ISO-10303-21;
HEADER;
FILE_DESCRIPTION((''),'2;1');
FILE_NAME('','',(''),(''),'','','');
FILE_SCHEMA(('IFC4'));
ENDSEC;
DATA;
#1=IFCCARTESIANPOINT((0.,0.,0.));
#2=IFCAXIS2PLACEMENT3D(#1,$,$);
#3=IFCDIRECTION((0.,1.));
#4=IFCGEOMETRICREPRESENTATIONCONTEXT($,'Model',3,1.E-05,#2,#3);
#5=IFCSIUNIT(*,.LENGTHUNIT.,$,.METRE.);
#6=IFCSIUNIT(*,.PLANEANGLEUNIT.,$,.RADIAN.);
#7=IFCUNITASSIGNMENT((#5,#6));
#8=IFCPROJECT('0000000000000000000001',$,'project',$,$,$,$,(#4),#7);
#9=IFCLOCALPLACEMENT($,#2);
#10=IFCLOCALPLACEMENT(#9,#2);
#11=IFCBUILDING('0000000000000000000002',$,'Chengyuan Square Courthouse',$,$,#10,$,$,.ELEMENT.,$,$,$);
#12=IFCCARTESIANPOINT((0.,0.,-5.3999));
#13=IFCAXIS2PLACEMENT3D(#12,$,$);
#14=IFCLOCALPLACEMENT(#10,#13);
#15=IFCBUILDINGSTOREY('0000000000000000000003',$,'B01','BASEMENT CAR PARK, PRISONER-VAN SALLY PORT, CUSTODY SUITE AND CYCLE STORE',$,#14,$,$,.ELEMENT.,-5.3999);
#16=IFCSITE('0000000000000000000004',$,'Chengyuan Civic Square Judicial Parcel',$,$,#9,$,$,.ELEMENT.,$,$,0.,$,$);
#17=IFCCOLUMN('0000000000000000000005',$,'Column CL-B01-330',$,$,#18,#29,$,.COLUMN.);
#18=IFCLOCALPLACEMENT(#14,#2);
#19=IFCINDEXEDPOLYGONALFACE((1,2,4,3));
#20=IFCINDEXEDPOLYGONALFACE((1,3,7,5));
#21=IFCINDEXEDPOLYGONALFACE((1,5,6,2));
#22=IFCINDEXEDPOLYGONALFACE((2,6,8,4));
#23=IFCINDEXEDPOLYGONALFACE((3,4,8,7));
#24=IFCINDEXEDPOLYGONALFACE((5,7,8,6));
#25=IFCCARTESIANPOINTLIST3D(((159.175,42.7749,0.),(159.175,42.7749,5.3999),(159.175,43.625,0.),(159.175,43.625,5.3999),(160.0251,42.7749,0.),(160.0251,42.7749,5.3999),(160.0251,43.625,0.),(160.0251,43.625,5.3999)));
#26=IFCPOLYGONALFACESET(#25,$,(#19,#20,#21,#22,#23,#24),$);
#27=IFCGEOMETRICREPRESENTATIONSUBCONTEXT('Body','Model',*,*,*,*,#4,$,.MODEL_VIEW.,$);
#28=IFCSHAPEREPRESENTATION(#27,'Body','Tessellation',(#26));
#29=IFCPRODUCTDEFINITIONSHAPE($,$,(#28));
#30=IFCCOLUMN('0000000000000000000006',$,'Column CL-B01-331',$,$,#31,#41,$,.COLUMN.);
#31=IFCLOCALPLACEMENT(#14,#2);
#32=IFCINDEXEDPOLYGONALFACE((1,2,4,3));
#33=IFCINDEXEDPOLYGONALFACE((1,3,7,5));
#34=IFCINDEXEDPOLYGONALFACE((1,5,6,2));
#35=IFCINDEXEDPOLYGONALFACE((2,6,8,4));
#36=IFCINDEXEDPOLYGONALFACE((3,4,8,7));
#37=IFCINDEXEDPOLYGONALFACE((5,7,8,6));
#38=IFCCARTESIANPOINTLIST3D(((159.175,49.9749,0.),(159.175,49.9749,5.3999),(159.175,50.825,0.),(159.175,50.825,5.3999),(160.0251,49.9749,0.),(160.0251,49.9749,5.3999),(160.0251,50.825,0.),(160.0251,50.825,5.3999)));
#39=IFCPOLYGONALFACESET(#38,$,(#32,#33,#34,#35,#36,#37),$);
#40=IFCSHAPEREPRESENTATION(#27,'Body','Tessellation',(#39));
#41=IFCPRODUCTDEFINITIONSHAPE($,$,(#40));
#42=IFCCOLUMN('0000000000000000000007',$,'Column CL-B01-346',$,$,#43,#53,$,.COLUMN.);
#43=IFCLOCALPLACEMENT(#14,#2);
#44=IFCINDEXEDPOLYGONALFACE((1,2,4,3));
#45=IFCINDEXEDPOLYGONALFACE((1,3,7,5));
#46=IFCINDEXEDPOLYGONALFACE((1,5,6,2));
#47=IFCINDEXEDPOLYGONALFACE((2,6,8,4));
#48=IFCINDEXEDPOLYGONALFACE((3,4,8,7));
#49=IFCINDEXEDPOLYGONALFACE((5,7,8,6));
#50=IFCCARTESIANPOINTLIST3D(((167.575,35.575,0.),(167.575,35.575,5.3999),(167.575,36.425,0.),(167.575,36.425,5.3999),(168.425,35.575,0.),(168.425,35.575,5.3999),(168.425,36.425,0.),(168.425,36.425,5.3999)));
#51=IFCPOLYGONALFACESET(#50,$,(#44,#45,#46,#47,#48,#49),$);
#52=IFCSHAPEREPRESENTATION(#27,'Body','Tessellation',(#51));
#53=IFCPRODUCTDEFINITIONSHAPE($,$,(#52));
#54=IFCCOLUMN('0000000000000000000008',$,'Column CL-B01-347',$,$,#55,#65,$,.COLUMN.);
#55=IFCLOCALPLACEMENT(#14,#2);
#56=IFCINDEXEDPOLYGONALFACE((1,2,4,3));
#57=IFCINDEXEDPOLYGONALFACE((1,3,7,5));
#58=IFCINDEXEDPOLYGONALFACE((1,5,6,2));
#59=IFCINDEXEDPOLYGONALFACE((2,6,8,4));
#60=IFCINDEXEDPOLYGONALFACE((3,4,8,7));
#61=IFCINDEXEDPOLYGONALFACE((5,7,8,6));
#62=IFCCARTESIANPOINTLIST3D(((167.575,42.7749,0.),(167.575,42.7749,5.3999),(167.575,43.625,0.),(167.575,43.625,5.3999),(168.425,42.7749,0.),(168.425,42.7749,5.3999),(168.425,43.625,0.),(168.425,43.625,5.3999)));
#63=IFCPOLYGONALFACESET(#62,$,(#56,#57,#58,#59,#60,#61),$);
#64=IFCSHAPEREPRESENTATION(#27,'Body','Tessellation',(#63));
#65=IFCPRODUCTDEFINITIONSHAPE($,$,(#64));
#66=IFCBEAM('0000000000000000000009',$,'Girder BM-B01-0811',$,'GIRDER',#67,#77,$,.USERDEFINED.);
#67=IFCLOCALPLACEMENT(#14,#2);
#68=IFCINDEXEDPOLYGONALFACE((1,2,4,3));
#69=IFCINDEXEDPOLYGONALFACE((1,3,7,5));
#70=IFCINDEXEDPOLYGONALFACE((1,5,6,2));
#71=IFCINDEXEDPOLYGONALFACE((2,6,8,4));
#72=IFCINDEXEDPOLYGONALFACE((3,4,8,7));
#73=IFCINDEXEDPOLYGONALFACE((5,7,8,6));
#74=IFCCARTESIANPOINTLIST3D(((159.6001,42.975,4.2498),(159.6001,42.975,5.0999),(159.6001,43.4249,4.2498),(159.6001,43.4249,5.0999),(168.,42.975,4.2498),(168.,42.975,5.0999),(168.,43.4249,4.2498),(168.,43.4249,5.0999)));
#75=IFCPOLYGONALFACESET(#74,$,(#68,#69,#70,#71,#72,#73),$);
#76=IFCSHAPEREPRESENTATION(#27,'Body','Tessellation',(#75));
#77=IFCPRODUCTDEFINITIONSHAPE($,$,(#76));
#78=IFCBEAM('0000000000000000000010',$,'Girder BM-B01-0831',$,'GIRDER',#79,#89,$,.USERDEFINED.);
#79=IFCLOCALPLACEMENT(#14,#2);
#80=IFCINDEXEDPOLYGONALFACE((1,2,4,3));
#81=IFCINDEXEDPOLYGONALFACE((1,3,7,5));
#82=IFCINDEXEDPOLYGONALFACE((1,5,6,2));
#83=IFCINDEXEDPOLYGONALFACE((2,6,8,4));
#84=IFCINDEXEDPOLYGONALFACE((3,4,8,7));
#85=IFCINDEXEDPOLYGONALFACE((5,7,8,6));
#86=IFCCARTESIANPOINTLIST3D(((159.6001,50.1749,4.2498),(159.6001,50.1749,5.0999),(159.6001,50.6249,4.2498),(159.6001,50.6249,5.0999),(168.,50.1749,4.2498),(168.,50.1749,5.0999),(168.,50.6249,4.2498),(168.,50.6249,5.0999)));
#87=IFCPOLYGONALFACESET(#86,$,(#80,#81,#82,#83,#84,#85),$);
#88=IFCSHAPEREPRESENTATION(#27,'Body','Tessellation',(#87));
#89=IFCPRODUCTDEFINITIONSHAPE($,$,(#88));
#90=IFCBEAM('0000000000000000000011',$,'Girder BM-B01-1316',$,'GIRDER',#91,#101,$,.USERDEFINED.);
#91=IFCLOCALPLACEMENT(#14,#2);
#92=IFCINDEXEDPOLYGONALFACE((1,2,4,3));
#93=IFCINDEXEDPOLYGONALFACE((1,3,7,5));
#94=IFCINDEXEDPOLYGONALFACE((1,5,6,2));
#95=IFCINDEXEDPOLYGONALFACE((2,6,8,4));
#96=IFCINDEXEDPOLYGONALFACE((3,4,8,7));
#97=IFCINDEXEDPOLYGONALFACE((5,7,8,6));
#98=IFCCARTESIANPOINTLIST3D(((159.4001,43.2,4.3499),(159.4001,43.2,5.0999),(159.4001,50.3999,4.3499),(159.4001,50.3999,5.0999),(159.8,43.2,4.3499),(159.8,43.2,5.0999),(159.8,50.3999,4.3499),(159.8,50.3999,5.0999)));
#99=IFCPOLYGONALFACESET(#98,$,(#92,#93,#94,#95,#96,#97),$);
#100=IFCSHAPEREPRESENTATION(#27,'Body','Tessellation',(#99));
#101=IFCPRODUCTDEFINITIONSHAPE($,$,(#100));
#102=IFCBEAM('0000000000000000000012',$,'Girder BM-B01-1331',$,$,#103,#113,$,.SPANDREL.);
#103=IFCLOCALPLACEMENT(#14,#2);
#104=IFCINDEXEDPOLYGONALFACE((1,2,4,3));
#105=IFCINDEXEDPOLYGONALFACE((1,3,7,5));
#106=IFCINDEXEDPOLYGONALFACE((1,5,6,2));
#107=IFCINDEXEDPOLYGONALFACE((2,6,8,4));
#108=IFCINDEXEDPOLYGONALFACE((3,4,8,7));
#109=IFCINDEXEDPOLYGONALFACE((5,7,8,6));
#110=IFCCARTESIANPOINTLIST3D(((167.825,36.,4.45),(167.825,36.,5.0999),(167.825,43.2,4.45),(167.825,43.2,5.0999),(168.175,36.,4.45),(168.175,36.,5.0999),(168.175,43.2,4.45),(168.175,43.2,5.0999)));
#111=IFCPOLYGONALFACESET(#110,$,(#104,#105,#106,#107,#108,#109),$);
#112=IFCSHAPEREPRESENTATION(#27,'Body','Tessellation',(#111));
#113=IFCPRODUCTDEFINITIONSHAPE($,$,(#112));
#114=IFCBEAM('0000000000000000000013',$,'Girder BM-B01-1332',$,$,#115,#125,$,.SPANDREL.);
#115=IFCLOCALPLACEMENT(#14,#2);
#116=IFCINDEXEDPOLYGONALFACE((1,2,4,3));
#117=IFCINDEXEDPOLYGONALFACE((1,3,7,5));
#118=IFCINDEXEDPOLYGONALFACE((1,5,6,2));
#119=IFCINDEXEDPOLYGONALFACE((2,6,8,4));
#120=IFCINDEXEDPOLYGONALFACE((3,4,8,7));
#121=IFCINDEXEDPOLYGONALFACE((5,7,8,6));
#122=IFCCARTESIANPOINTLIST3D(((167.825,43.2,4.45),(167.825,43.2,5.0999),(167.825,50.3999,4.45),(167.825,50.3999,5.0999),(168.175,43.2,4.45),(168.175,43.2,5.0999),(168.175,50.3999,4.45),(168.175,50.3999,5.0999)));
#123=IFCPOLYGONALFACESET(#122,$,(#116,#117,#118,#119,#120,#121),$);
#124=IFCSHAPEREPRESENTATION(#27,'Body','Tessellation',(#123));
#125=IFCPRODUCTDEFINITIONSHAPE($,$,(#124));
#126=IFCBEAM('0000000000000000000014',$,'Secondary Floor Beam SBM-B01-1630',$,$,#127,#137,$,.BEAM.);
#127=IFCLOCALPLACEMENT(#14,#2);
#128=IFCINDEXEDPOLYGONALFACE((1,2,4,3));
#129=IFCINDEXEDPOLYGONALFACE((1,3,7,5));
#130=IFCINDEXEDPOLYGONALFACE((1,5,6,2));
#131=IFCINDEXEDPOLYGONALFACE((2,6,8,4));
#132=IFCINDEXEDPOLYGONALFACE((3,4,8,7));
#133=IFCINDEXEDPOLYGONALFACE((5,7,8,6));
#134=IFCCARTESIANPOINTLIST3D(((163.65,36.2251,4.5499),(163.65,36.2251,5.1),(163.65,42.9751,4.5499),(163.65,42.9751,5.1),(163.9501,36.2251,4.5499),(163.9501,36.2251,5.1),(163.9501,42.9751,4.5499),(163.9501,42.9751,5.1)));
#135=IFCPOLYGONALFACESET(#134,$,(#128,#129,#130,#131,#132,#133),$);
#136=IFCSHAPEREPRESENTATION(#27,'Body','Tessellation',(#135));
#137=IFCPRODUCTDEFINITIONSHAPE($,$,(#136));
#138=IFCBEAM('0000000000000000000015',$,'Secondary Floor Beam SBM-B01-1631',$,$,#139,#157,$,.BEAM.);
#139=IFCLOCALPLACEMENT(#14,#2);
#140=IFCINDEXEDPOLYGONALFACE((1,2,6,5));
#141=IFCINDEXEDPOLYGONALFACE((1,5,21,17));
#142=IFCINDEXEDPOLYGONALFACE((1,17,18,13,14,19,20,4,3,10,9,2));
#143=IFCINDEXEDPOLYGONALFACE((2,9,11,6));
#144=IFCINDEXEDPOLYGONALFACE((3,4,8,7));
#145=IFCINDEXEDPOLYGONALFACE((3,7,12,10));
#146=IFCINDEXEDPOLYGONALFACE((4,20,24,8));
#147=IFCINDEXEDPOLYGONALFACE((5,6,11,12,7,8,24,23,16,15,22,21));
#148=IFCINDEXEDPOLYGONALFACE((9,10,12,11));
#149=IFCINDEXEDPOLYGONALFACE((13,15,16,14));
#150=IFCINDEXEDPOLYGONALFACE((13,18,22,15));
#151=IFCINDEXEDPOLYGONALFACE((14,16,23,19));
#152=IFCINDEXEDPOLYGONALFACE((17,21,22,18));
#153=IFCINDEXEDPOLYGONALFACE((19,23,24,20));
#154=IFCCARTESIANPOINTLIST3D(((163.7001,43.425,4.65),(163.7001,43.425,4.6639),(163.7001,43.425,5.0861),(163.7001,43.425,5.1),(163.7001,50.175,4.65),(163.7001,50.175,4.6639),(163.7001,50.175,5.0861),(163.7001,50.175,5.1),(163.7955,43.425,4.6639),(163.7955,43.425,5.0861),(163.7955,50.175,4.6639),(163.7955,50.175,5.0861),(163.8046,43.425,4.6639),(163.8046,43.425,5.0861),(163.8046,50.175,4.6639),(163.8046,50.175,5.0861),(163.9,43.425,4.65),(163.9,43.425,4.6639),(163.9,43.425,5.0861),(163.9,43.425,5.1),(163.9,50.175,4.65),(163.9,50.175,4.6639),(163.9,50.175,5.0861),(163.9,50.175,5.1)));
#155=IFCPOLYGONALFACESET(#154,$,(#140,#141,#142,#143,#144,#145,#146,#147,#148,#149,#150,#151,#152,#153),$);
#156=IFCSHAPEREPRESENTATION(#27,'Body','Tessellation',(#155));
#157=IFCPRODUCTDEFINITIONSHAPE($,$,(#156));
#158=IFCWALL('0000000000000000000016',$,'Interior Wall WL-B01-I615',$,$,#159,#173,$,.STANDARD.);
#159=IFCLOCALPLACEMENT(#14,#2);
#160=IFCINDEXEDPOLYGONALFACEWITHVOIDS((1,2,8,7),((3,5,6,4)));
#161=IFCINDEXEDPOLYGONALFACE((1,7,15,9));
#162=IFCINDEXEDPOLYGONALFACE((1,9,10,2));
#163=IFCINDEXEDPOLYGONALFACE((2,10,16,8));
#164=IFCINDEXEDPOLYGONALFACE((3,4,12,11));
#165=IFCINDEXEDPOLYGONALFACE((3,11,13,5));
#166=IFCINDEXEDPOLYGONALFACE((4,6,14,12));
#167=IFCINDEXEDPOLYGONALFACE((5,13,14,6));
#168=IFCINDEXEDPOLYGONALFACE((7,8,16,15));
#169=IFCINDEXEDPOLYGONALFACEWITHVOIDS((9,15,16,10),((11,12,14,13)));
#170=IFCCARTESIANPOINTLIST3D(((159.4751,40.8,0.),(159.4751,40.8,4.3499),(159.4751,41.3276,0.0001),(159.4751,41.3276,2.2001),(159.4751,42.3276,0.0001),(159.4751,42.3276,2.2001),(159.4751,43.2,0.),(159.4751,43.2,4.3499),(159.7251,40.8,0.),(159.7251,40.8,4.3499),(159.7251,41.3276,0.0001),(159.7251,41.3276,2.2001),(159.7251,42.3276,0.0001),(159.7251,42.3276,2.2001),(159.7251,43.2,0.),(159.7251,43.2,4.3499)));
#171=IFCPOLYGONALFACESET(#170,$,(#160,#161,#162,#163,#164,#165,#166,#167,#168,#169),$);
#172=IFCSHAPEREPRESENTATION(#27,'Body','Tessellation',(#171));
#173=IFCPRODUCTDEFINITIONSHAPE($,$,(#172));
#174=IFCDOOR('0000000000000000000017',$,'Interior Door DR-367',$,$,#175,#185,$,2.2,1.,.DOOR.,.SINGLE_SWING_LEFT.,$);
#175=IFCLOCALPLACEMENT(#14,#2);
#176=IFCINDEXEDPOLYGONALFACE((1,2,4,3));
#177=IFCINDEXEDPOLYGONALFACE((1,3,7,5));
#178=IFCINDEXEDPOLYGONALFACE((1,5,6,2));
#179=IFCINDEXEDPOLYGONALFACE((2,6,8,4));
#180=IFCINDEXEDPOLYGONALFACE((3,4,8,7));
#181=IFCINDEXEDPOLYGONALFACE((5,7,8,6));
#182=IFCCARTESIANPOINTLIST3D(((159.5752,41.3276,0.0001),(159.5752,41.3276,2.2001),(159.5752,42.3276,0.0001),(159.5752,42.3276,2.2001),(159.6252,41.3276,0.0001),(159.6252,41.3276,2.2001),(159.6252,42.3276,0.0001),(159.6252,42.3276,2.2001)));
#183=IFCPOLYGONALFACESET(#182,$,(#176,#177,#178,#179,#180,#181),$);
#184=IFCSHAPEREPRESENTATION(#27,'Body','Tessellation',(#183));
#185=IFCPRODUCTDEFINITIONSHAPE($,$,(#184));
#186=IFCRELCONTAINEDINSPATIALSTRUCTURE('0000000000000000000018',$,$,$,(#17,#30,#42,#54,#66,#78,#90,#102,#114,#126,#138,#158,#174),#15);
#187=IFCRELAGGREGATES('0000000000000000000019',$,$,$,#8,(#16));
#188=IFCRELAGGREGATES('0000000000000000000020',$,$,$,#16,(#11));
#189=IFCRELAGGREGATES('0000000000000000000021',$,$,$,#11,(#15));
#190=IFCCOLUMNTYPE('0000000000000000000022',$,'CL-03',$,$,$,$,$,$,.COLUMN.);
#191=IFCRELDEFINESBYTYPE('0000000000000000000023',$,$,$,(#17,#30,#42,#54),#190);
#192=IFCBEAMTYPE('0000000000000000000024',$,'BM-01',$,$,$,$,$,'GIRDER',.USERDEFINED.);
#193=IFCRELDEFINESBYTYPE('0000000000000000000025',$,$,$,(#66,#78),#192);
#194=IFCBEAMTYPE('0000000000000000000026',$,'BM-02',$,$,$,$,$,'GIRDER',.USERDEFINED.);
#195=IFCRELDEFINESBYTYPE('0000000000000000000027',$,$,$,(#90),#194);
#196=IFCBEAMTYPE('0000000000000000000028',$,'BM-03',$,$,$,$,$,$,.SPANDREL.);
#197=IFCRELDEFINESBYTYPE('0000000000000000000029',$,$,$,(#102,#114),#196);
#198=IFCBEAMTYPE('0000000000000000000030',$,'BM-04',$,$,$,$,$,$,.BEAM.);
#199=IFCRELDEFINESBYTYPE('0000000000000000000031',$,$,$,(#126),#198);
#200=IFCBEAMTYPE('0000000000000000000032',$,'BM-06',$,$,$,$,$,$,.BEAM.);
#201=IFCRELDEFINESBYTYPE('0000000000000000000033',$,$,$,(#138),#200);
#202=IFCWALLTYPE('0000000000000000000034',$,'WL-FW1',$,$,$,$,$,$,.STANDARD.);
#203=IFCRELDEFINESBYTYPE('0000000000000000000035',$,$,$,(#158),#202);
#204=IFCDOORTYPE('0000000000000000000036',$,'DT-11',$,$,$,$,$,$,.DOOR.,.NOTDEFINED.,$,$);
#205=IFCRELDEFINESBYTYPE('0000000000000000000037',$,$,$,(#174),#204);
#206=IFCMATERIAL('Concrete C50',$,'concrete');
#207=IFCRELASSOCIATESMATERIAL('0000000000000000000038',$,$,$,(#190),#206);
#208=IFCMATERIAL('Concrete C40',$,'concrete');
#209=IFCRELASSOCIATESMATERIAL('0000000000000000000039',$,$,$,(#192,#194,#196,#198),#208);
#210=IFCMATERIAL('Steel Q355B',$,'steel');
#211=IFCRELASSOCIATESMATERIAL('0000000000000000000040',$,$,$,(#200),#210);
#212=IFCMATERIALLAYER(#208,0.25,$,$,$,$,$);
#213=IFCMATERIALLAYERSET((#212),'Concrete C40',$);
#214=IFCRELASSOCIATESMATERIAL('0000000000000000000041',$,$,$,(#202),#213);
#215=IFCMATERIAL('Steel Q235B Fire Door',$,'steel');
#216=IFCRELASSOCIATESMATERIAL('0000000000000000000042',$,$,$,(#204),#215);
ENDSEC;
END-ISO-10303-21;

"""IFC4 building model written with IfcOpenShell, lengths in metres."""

from ifc_helpers import new_model, si_unit, direction, frame, frame_2d, origin, origin_2d, place, context, subcontext, project, spatial, rectangle, i_section, extrude, material, layer, layer_set, material_profile, profile_set, type_object, element, fill, save


model = new_model("IFC4")

# Units and contexts
model_context = context("Model", 3, precision=1e-05, world=origin(), true_north=direction((0.0, 1.0)))
body_context = subcontext(model_context, "Body", "Model", "MODEL_VIEW")
ifc_project = project(units=[si_unit("LENGTHUNIT", "METRE"), si_unit("PLANEANGLEUNIT", "RADIAN")], contexts=[model_context])

# Site, building, storey
site_placement = place(None, origin())
site = spatial("IfcSite", under=ifc_project, at=site_placement, Name="Chengyuan Civic Square Judicial Parcel", CompositionType="ELEMENT", RefElevation=0.0)
building_placement = place(site_placement, origin())
building = spatial("IfcBuilding", under=site, at=building_placement, Name="Chengyuan Square Courthouse", CompositionType="ELEMENT")
storey_placement = place(building_placement, frame((0.0, 0.0, -5.3999)))
storey = spatial("IfcBuildingStorey", under=building, at=storey_placement, Name="B01", Description="BASEMENT CAR PARK, PRISONER-VAN SALLY PORT, CUSTODY SUITE AND CYCLE STORE", CompositionType="ELEMENT", Elevation=-5.3999)

# Columns
ifc_material_1 = material(Name="Concrete C50", Category="concrete")
ifc_material_profile_1 = material_profile(ifc_material_1, rectangle(XDim=0.8501, YDim=0.8501, at=origin_2d()), Name="RC-COL-850x850")
ifc_profile_set_1 = profile_set([ifc_material_profile_1], Name="Concrete C50")
column_type = type_object("IfcColumnType", Name="CL-03", PredefinedType="COLUMN", material=ifc_profile_set_1)
for number, where, z_axis, x_axis, name in (
    (1, (159.6001, 43.2, 0.0), (0.0, 0.0, 1.0), (1.0, 0.0, 0.0), "Column CL-B01-330"),
    (2, (159.6001, 50.3999, 0.0), (0.0, 0.0, 1.0), (1.0, 0.0, 0.0), "Column CL-B01-331"),
    (3, (168.0, 36.0, 0.0), (0.0, 0.0, 1.0), (1.0, 0.0, 0.0), "Column CL-B01-346"),
    (4, (168.0, 43.2, 0.0), (0.0, 0.0, 1.0), (1.0, 0.0, 0.0), "Column CL-B01-347"),
):
    element("IfcColumn", number, at=place(storey_placement, frame(where, z_axis=z_axis, x_axis=x_axis)), inside=storey, type_object=column_type, Name=name, PredefinedType="COLUMN", context=body_context, shape_type="SweptSolid", body=[
        extrude(rectangle(XDim=0.8501, YDim=0.8501, at=origin_2d()), origin(), (0.0, 0.0, 1.0), 5.3999),
    ])

# Beams
ifc_material_2 = material(Name="Concrete C40", Category="concrete")
ifc_material_profile_2 = material_profile(ifc_material_2, rectangle(XDim=0.45, YDim=0.8501, at=origin_2d()), Name="RC-BM-450x850")
ifc_profile_set_2 = profile_set([ifc_material_profile_2], Name="Concrete C40")
beam_type_1 = type_object("IfcBeamType", Name="BM-01", ElementType="GIRDER", PredefinedType="USERDEFINED", material=ifc_profile_set_2)
for number, where, z_axis, x_axis, name in (
    (5, (159.6001, 43.2, 4.6748), (1.0, 0.0, 0.0), (0.0, 1.0, 0.0), "Girder BM-B01-0811"),
    (6, (159.6001, 50.3999, 4.6748), (1.0, 0.0, 0.0), (0.0, 1.0, 0.0), "Girder BM-B01-0831"),
):
    element("IfcBeam", number, at=place(storey_placement, frame(where, z_axis=z_axis, x_axis=x_axis)), inside=storey, type_object=beam_type_1, Name=name, ObjectType="GIRDER", PredefinedType="USERDEFINED", context=body_context, shape_type="SweptSolid", body=[
        extrude(rectangle(XDim=0.45, YDim=0.8501, at=origin_2d()), origin(), (0.0, 0.0, 1.0), 8.3999),
    ])
ifc_material_profile_3 = material_profile(ifc_material_2, rectangle(XDim=0.3999, YDim=0.75, at=origin_2d()), Name="RC-BM-400x750")
ifc_profile_set_3 = profile_set([ifc_material_profile_3], Name="Concrete C40")
beam_type_2 = type_object("IfcBeamType", Name="BM-02", ElementType="GIRDER", PredefinedType="USERDEFINED", material=ifc_profile_set_3)
beam_1_placement = place(storey_placement, frame((159.6001, 43.2, 4.7249), z_axis=(0.0, 1.0, 0.0), x_axis=(-1.0, 0.0, 0.0)))
element("IfcBeam", 7, at=beam_1_placement, inside=storey, type_object=beam_type_2, Name="Girder BM-B01-1316", ObjectType="GIRDER", PredefinedType="USERDEFINED", context=body_context, shape_type="SweptSolid", body=[
    extrude(rectangle(XDim=0.3999, YDim=0.75, at=origin_2d()), origin(), (0.0, 0.0, 1.0), 7.2),
])
ifc_material_profile_4 = material_profile(ifc_material_2, rectangle(XDim=0.3501, YDim=0.6499, at=origin_2d()), Name="RC-BM-350x650")
ifc_profile_set_4 = profile_set([ifc_material_profile_4], Name="Concrete C40")
beam_type_3 = type_object("IfcBeamType", Name="BM-03", PredefinedType="SPANDREL", material=ifc_profile_set_4)
for number, where, z_axis, x_axis, name in (
    (8, (168.0, 36.0, 4.7749), (0.0, 1.0, 0.0), (-1.0, 0.0, 0.0), "Girder BM-B01-1331"),
    (9, (168.0, 43.2, 4.7749), (0.0, 1.0, 0.0), (-1.0, 0.0, 0.0), "Girder BM-B01-1332"),
):
    element("IfcBeam", number, at=place(storey_placement, frame(where, z_axis=z_axis, x_axis=x_axis)), inside=storey, type_object=beam_type_3, Name=name, PredefinedType="SPANDREL", context=body_context, shape_type="SweptSolid", body=[
        extrude(rectangle(XDim=0.3501, YDim=0.6499, at=origin_2d()), origin(), (0.0, 0.0, 1.0), 7.2),
    ])
ifc_material_profile_5 = material_profile(ifc_material_2, rectangle(XDim=0.3, YDim=0.55, at=origin_2d()), Name="RC-BM-300x550")
ifc_profile_set_5 = profile_set([ifc_material_profile_5], Name="Concrete C40")
beam_type_4 = type_object("IfcBeamType", Name="BM-04", PredefinedType="BEAM", material=ifc_profile_set_5)
beam_2_placement = place(storey_placement, frame((163.8, 36.2251, 4.825), z_axis=(0.0, 1.0, 0.0), x_axis=(-1.0, 0.0, 0.0)))
element("IfcBeam", 10, at=beam_2_placement, inside=storey, type_object=beam_type_4, Name="Secondary Floor Beam SBM-B01-1630", PredefinedType="BEAM", context=body_context, shape_type="SweptSolid", body=[
    extrude(rectangle(XDim=0.3, YDim=0.55, at=origin_2d()), origin(), (0.0, 0.0, 1.0), 6.75),
])
ifc_material_3 = material(Name="Steel Q355B", Category="steel")
ifc_material_profile_6 = material_profile(ifc_material_3, i_section(OverallWidth=0.2, OverallDepth=0.45, WebThickness=0.009, FlangeThickness=0.0139, at=origin_2d()), Name="HN 450x200x9x14")
ifc_profile_set_6 = profile_set([ifc_material_profile_6], Name="Steel Q355B")
beam_type_5 = type_object("IfcBeamType", Name="BM-06", PredefinedType="BEAM", material=ifc_profile_set_6)
beam_3_placement = place(storey_placement, frame((163.8, 43.425, 4.875), z_axis=(0.0, 1.0, 0.0), x_axis=(-1.0, 0.0, 0.0)))
element("IfcBeam", 11, at=beam_3_placement, inside=storey, type_object=beam_type_5, Name="Secondary Floor Beam SBM-B01-1631", PredefinedType="BEAM", context=body_context, shape_type="SweptSolid", body=[
    extrude(i_section(OverallWidth=0.2, OverallDepth=0.45, WebThickness=0.009, FlangeThickness=0.0139, at=origin_2d()), origin(), (0.0, 0.0, 1.0), 6.75),
])

# Wall, opening, door
ifc_layer_1 = layer(ifc_material_2, 0.25)
ifc_layer_set_1 = layer_set([ifc_layer_1], Name="Concrete C40")
wall_type_1 = type_object("IfcWallType", Name="WL-FW1", PredefinedType="STANDARD", material=ifc_layer_set_1)
wall_1_placement = place(storey_placement, frame((159.6001, 40.8, 0.0), z_axis=(0.0, 0.0, 1.0), x_axis=(0.0, 1.0, 0.0)))
wall_1 = element("IfcWall", 12, at=wall_1_placement, inside=storey, type_object=wall_type_1, Name="Interior Wall WL-B01-I615", PredefinedType="STANDARD", context=body_context, shape_type="SweptSolid", body=[
    extrude(rectangle(XDim=2.3999, YDim=0.25, at=frame_2d((1.2, 0.0))), origin(), (0.0, 0.0, 1.0), 4.3499),
])
opening_1_placement = place(wall_1_placement, frame((0.5276, 0.0, 0.0)))
opening_1 = element("IfcOpeningElement", 13, at=opening_1_placement, cuts=wall_1, PredefinedType="OPENING", context=body_context, shape_type="SweptSolid", body=[
    extrude(rectangle(XDim=1.0, YDim=2.2, at=frame_2d((0.5, 1.1001))), frame((0.0, 0.137, 0.0), z_axis=(0.0, -1.0, 0.0), x_axis=(1.0, 0.0, 0.0)), (0.0, 0.0, 1.0), 0.2739),
])
ifc_material_4 = material(Name="Steel Q235B Fire Door", Category="steel")
door_type_1 = type_object("IfcDoorType", Name="DT-11", OperationType="NOTDEFINED", PredefinedType="DOOR", material=ifc_material_4)
door_1_placement = place(opening_1_placement, origin())
door_1 = element("IfcDoor", 14, at=door_1_placement, inside=storey, type_object=door_type_1, Name="Interior Door DR-367", OperationType="SINGLE_SWING_LEFT", OverallHeight=2.2, OverallWidth=1.0, PredefinedType="DOOR", context=body_context, shape_type="SweptSolid", body=[
    extrude(rectangle(XDim=1.0, YDim=2.2, at=frame_2d((0.5, 1.1001))), frame((0.0, 0.0249, 0.0), z_axis=(0.0, -1.0, 0.0), x_axis=(1.0, 0.0, 0.0)), (0.0, 0.0, 1.0), 0.05),
])
fill(opening_1, door_1)

save(model, "model.ifc")
